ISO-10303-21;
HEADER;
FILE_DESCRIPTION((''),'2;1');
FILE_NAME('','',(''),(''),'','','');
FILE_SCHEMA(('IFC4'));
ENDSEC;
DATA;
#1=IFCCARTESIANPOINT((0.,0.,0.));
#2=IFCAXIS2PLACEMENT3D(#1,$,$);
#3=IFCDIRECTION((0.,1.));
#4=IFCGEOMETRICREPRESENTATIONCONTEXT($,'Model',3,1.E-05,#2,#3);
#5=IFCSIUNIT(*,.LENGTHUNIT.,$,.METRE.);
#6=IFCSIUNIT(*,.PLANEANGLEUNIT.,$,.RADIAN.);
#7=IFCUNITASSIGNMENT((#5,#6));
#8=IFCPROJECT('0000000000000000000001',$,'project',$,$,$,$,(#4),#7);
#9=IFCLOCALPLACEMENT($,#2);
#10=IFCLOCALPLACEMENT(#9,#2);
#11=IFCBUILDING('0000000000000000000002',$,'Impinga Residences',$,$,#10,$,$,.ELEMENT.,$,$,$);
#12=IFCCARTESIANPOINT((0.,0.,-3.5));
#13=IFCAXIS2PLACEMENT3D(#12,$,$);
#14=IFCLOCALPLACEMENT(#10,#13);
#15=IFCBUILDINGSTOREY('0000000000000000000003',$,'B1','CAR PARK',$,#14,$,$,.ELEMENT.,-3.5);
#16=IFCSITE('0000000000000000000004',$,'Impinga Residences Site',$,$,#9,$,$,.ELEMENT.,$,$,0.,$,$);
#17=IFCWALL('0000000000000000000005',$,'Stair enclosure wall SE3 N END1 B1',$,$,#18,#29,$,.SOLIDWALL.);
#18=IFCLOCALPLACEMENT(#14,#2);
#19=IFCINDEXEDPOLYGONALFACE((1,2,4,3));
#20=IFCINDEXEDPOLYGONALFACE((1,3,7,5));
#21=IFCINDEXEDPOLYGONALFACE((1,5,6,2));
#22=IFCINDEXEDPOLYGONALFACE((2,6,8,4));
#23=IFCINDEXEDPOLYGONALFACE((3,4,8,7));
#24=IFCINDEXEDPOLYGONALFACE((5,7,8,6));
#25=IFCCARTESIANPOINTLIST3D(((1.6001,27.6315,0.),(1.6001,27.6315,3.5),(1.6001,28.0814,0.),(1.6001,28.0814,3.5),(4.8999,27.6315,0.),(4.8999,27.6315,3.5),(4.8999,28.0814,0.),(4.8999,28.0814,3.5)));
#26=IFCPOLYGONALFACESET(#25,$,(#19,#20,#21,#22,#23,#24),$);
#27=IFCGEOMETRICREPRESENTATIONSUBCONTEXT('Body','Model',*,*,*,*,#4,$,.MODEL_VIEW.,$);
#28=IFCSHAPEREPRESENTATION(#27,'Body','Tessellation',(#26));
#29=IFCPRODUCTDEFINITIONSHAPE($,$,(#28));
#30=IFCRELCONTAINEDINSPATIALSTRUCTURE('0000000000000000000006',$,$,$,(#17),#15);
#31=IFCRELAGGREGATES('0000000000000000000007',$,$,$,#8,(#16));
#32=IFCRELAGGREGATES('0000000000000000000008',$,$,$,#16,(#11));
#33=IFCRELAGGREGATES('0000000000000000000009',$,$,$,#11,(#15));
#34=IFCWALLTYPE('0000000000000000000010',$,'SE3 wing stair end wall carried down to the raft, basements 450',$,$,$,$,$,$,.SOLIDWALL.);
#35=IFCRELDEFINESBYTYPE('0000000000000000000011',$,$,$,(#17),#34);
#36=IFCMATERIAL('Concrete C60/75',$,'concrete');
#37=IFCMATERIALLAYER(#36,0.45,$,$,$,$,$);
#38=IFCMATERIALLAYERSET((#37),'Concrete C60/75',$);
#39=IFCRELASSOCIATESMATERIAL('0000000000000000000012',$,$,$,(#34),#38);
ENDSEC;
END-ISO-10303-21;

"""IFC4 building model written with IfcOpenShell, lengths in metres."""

from ifc_helpers import new_model, si_unit, direction, frame, frame_2d, origin, place, context, subcontext, project, spatial, rectangle, extrude, material, layer, layer_set, type_object, element, save


model = new_model("IFC4")

# Units and contexts
model_context = context("Model", 3, precision=1e-05, world=origin(), true_north=direction((0.0, 1.0)))
body_context = subcontext(model_context, "Body", "Model", "MODEL_VIEW")
ifc_project = project(units=[si_unit("LENGTHUNIT", "METRE"), si_unit("PLANEANGLEUNIT", "RADIAN")], contexts=[model_context])

# Site, building, storey
site_placement = place(None, origin())
site = spatial("IfcSite", under=ifc_project, at=site_placement, Name="Impinga Residences Site", CompositionType="ELEMENT", RefElevation=0.0)
building_placement = place(site_placement, origin())
building = spatial("IfcBuilding", under=site, at=building_placement, Name="Impinga Residences", CompositionType="ELEMENT")
storey_placement = place(building_placement, frame((0.0, 0.0, -3.5)))
storey = spatial("IfcBuildingStorey", under=building, at=storey_placement, Name="B1", Description="CAR PARK", CompositionType="ELEMENT", Elevation=-3.5)

# Shared definitions
ifc_material_1 = material(Name="Concrete C60/75", Category="concrete")

# Wall
ifc_layer_1 = layer(ifc_material_1, 0.45)
ifc_layer_set_1 = layer_set([ifc_layer_1], Name="Concrete C60/75")
wall_type_1 = type_object("IfcWallType", Name="SE3 wing stair end wall carried down to the raft, basements 450", PredefinedType="SOLIDWALL", material=ifc_layer_set_1)
for number, where, z_axis, x_axis, name in (
    (1, (1.6001, 27.8564, 0.0), (0.0, 0.0, 1.0), (1.0, 0.0, 0.0), "Stair enclosure wall SE3 N END1 B1"),
):
    element("IfcWall", number, at=place(storey_placement, frame(where, z_axis=z_axis, x_axis=x_axis)), inside=storey, type_object=wall_type_1, Name=name, PredefinedType="SOLIDWALL", context=body_context, shape_type="SweptSolid", body=[
        extrude(rectangle(XDim=3.2998, YDim=0.45, at=frame_2d((1.6499, 0.0))), origin(), (0.0, 0.0, 1.0), 3.5),
    ])

save(model, "model.ifc")
